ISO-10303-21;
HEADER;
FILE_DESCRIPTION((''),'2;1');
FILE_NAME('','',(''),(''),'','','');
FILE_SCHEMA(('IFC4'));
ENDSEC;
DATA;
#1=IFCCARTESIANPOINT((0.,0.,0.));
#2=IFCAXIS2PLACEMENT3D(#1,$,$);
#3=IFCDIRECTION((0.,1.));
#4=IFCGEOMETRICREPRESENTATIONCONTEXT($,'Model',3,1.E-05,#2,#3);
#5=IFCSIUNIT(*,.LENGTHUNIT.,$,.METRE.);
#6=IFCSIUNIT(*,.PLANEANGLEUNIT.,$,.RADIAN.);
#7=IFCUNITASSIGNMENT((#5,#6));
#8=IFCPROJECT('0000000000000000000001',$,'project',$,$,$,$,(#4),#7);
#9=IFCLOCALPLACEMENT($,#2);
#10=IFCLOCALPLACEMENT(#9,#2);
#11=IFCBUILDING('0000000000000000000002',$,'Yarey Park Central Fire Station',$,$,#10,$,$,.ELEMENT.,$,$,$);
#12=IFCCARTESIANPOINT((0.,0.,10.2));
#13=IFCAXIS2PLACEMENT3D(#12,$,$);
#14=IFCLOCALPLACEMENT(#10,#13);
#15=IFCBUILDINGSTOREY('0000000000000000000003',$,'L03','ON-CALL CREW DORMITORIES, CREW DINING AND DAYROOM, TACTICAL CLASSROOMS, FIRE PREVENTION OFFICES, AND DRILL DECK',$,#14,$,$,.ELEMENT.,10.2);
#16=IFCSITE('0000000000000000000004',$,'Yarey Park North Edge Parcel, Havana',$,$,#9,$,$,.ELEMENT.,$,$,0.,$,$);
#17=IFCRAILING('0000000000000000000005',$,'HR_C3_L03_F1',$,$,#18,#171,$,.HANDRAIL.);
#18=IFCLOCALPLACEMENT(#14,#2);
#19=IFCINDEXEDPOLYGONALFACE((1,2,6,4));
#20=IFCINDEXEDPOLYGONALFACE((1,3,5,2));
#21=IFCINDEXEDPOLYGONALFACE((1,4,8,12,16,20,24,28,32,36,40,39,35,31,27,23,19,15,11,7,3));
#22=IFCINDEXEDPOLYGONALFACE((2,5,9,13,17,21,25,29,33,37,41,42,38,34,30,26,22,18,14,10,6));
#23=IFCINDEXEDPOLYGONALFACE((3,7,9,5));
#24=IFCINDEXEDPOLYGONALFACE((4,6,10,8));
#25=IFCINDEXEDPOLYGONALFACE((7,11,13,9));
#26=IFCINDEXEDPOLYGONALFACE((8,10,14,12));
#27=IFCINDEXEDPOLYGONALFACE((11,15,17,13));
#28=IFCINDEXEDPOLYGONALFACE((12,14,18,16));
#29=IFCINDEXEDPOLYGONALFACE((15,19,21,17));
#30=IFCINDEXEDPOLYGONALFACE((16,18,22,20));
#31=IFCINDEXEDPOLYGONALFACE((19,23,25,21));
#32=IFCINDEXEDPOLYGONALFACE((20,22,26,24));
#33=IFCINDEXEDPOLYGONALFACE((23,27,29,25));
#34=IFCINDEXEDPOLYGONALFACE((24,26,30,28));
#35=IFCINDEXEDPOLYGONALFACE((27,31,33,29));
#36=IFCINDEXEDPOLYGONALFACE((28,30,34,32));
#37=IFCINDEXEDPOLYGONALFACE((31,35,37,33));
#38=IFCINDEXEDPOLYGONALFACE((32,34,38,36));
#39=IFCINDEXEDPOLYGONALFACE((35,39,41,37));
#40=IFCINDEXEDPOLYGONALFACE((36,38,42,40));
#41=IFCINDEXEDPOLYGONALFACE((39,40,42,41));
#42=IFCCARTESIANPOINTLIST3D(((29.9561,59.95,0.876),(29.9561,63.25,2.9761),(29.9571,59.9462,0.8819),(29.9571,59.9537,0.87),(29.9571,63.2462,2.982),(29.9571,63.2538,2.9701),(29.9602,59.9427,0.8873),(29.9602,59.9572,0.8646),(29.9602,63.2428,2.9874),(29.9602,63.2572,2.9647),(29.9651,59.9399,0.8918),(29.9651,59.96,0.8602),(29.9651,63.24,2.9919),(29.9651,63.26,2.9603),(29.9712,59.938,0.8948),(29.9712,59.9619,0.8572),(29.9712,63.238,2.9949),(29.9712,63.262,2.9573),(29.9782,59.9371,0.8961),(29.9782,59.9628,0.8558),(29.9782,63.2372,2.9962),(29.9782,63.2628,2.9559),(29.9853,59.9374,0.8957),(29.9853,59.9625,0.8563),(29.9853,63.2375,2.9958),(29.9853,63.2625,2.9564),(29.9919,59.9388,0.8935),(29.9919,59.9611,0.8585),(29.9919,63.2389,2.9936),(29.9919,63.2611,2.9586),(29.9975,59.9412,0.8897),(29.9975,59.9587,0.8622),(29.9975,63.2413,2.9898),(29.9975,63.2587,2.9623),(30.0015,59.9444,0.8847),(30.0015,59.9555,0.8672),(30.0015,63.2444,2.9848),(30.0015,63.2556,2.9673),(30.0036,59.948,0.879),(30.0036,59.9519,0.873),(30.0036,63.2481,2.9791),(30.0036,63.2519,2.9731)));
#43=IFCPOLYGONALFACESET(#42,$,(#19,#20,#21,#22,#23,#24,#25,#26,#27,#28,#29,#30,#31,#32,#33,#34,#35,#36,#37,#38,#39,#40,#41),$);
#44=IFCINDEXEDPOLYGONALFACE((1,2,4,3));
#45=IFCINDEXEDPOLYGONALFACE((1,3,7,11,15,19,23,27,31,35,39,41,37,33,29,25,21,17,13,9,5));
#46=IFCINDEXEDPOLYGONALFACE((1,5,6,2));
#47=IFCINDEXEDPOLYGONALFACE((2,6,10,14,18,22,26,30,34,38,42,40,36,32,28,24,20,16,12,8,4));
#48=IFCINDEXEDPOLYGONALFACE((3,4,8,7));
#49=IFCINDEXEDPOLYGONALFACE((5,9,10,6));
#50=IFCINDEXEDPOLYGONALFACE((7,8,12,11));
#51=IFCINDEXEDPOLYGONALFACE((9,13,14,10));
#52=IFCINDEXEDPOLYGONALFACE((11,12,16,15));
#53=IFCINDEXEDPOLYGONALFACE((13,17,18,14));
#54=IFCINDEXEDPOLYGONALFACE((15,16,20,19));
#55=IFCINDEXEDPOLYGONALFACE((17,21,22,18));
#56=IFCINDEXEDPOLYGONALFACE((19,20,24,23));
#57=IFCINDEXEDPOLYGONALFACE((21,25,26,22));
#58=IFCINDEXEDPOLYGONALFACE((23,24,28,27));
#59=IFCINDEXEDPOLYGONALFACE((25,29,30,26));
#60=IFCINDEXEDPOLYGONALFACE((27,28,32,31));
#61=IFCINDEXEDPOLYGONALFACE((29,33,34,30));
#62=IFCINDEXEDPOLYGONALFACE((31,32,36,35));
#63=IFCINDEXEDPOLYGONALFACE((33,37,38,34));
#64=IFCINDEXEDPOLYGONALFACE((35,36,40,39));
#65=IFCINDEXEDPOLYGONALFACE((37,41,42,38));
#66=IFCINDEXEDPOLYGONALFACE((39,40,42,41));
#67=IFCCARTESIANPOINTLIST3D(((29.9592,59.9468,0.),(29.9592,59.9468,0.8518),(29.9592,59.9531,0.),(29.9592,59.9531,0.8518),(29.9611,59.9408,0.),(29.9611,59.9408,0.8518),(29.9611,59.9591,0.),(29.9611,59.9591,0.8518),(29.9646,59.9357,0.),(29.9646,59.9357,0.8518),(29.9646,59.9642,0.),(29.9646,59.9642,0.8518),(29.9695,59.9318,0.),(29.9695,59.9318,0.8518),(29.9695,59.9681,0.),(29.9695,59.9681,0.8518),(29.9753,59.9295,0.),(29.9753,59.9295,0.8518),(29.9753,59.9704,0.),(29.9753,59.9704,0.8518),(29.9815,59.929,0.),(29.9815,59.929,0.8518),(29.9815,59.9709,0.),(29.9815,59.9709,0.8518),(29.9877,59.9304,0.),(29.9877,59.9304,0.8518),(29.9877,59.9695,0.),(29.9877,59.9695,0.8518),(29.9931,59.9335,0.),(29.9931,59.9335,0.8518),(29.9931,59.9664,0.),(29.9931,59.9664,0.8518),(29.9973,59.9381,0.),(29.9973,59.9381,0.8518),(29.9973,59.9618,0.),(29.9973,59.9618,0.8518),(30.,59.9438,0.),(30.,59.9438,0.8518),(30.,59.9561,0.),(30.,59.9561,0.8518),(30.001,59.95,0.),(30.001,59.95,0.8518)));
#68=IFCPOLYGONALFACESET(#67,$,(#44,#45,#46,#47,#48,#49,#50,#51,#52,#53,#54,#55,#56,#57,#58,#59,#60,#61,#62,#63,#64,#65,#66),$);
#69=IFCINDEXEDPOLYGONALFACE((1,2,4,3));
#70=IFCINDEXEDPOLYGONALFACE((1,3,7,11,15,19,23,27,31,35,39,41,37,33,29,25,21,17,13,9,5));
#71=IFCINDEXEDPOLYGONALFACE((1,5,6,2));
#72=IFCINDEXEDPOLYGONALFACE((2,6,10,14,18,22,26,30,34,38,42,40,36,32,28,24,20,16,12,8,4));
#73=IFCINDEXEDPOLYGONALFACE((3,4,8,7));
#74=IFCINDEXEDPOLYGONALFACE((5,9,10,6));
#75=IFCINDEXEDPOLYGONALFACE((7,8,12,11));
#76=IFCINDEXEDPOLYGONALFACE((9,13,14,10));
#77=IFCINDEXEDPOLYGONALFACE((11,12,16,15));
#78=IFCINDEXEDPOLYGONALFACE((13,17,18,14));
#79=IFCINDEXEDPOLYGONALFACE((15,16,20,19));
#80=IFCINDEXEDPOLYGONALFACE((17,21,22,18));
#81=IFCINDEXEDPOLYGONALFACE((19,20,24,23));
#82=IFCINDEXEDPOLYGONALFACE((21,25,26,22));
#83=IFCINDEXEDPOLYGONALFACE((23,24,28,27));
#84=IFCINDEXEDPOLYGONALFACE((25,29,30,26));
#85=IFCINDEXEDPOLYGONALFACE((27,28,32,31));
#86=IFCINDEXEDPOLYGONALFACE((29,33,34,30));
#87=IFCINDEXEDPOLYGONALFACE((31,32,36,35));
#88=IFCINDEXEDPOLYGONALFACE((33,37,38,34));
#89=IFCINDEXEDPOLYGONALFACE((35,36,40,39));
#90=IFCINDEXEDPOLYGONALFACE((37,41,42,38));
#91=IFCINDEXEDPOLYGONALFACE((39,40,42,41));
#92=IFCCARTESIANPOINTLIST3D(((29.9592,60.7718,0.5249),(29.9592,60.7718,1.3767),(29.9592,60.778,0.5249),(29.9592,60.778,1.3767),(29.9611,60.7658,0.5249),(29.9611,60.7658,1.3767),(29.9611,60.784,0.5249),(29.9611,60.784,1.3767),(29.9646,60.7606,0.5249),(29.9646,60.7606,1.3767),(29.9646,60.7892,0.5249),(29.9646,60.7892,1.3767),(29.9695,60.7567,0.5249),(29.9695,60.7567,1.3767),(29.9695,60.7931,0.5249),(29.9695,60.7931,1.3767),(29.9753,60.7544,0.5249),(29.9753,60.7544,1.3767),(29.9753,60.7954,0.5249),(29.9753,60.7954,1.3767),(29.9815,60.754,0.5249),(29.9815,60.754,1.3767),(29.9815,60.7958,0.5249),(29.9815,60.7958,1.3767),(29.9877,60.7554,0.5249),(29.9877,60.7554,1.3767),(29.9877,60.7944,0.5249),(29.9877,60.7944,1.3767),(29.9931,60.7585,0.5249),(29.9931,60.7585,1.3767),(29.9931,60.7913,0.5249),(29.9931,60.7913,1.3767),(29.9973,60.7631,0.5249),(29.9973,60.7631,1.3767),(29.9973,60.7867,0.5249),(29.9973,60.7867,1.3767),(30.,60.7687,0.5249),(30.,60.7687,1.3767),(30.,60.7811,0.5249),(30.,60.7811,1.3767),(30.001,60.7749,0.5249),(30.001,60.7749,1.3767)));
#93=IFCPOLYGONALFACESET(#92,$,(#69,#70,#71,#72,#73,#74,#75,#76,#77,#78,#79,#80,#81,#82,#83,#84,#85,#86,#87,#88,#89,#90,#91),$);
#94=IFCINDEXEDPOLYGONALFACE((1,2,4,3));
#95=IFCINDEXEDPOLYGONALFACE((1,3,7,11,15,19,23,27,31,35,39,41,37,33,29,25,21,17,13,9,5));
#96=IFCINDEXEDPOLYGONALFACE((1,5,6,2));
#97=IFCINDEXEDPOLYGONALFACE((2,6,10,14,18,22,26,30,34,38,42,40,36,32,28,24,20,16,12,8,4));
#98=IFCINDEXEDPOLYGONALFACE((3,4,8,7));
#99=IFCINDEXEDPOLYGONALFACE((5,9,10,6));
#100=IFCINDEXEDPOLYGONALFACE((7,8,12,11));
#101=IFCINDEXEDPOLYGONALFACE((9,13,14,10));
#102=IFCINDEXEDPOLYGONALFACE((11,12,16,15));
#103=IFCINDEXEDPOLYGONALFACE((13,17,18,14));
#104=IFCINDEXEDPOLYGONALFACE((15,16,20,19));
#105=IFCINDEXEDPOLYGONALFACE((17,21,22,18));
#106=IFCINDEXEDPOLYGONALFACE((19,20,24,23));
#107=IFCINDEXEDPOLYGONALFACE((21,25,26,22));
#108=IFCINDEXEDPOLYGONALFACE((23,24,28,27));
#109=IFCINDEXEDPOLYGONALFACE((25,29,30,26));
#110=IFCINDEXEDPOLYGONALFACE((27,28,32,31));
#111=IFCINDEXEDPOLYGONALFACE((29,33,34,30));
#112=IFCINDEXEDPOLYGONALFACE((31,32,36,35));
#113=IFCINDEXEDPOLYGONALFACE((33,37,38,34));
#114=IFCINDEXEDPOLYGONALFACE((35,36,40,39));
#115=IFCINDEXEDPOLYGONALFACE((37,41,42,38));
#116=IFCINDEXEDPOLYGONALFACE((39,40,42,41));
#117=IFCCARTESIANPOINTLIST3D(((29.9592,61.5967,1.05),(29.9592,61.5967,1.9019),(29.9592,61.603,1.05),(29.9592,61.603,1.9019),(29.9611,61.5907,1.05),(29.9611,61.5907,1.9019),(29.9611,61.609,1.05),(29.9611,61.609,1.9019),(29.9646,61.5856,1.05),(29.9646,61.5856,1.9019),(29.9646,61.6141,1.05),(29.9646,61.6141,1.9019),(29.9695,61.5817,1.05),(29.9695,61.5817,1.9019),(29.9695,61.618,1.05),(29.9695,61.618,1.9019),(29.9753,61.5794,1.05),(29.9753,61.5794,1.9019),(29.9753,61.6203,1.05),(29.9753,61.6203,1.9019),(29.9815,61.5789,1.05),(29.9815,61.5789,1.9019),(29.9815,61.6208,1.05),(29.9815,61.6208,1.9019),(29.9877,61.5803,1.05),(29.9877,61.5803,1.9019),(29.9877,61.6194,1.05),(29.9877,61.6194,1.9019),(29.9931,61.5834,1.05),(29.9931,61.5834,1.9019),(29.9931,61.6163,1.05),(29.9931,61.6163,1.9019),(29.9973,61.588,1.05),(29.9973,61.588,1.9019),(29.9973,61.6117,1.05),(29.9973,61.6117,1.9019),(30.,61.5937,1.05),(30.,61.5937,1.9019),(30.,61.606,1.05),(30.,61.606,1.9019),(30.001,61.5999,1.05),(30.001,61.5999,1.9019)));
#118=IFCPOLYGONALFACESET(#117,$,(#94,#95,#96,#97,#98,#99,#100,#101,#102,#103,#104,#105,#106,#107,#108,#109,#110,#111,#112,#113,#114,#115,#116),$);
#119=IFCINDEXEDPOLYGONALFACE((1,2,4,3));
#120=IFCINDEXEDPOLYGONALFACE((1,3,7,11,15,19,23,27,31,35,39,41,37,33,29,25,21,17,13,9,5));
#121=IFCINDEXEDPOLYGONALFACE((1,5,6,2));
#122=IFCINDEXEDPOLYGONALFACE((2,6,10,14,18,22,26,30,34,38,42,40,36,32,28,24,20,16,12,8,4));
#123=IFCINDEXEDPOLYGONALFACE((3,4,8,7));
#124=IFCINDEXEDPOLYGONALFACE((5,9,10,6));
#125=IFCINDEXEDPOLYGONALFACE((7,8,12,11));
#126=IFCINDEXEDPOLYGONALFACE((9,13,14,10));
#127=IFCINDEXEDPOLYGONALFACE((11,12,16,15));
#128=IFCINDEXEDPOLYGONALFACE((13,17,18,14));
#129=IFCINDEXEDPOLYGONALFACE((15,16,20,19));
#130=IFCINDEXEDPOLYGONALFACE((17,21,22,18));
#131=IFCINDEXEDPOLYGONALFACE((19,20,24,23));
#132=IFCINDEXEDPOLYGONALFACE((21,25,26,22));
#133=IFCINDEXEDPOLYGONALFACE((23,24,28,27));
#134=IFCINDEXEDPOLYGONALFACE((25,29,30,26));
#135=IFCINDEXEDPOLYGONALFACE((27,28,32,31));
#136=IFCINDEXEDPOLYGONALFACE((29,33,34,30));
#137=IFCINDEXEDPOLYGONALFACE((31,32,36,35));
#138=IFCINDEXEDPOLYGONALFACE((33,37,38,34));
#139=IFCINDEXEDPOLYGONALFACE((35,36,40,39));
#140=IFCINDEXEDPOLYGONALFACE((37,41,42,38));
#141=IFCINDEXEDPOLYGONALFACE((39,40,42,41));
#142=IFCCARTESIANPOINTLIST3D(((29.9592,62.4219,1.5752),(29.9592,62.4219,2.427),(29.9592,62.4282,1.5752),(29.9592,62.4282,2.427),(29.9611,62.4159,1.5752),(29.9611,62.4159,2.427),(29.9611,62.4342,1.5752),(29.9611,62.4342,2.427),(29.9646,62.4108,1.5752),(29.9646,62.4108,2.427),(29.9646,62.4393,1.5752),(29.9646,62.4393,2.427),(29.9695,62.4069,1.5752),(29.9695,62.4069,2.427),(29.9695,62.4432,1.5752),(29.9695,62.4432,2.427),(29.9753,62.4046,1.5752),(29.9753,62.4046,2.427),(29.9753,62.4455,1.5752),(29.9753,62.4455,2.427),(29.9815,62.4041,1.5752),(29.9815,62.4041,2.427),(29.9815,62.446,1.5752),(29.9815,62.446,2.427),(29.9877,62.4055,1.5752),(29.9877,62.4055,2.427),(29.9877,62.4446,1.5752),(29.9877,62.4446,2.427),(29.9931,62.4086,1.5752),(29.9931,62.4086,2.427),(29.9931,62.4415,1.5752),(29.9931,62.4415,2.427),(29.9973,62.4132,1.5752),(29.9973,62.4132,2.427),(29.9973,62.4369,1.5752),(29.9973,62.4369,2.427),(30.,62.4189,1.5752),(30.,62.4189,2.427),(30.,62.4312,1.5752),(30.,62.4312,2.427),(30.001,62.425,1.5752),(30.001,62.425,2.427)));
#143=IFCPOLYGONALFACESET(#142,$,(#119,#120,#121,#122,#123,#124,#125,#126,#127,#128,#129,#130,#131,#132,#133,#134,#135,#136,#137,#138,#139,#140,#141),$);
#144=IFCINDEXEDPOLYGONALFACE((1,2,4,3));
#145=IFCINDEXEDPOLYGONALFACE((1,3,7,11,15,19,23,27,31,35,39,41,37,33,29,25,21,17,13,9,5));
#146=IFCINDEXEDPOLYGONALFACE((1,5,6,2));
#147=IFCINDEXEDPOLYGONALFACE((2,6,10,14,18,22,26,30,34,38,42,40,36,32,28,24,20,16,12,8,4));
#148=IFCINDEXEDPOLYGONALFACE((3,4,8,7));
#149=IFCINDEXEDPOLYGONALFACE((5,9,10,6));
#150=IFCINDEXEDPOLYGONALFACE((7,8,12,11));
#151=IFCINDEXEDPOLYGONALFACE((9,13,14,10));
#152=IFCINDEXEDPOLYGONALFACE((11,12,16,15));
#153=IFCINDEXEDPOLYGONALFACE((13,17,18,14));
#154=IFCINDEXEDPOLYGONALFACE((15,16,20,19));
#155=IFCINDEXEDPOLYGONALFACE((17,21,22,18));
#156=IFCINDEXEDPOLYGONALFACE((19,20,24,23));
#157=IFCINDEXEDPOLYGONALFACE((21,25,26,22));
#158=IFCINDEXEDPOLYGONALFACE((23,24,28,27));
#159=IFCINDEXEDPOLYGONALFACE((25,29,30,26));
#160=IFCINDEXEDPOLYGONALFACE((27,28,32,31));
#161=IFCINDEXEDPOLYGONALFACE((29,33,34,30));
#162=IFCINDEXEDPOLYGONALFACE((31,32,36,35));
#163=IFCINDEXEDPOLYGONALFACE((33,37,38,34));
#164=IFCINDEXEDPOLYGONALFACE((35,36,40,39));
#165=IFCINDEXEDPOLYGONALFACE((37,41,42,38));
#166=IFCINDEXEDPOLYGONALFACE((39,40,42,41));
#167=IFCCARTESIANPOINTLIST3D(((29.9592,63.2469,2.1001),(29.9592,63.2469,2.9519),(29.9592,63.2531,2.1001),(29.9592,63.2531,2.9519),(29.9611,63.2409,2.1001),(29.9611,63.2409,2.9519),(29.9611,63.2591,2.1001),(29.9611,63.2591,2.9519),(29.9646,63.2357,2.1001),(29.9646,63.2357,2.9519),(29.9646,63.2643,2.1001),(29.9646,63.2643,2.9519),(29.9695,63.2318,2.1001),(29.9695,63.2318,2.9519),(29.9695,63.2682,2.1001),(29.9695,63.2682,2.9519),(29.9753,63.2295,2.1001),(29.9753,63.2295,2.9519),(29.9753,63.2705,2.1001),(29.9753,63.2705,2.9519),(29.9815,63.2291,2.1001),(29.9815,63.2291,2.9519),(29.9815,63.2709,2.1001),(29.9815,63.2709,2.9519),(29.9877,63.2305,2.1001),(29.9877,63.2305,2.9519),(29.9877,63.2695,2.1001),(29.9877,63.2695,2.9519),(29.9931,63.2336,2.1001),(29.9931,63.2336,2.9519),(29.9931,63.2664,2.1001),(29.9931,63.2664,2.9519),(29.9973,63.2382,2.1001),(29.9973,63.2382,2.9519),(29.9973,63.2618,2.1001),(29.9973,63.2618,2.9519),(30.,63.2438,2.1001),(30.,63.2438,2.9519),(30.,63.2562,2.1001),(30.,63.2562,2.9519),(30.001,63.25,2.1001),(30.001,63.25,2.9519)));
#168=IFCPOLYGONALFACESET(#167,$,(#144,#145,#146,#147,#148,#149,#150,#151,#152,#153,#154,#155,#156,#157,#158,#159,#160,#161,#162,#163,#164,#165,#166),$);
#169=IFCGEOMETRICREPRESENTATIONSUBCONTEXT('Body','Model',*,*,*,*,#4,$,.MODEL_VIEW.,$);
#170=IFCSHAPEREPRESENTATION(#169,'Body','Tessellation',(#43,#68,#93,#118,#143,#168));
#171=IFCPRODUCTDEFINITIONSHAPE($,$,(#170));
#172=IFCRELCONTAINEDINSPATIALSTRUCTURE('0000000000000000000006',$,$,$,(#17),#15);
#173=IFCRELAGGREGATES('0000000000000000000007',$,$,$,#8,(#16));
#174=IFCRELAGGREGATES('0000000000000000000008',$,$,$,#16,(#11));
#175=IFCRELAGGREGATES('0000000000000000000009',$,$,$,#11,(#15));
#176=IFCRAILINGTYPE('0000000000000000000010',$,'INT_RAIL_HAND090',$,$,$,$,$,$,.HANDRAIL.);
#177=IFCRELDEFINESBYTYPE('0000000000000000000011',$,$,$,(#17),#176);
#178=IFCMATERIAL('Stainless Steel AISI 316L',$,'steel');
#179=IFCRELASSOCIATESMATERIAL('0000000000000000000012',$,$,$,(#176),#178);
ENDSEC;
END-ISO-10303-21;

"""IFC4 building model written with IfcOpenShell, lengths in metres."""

from ifc_helpers import new_model, si_unit, direction, frame, origin, origin_2d, place, context, subcontext, project, spatial, circle, extrude, material, type_object, element, save


model = new_model("IFC4")

# Units and contexts
model_context = context("Model", 3, precision=1e-05, world=origin(), true_north=direction((0.0, 1.0)))
body_context = subcontext(model_context, "Body", "Model", "MODEL_VIEW")
ifc_project = project(units=[si_unit("LENGTHUNIT", "METRE"), si_unit("PLANEANGLEUNIT", "RADIAN")], contexts=[model_context])

# Site, building, storey
site_placement = place(None, origin())
site = spatial("IfcSite", under=ifc_project, at=site_placement, Name="Yarey Park North Edge Parcel, Havana", CompositionType="ELEMENT", RefElevation=0.0)
building_placement = place(site_placement, origin())
building = spatial("IfcBuilding", under=site, at=building_placement, Name="Yarey Park Central Fire Station", CompositionType="ELEMENT")
storey_placement = place(building_placement, frame((0.0, 0.0, 10.2)))
storey = spatial("IfcBuildingStorey", under=building, at=storey_placement, Name="L03", Description="ON-CALL CREW DORMITORIES, CREW DINING AND DAYROOM, TACTICAL CLASSROOMS, FIRE PREVENTION OFFICES, AND DRILL DECK", CompositionType="ELEMENT", Elevation=10.2)

# Railing
ifc_material_1 = material(Name="Stainless Steel AISI 316L", Category="steel")
railing_type_1 = type_object("IfcRailingType", Name="INT_RAIL_HAND090", PredefinedType="HANDRAIL", material=ifc_material_1)
railing_1_placement = place(storey_placement, frame((29.98, 59.95, 0.0)))
element("IfcRailing", 1, at=railing_1_placement, inside=storey, type_object=railing_type_1, Name="HR_C3_L03_F1", PredefinedType="HANDRAIL", context=body_context, shape_type="SweptSolid", body=[
    extrude(circle(Radius=0.0239, at=origin_2d()), frame((0.0, 0.0, 0.876), z_axis=(0.0, 0.843654, 0.536888), x_axis=(-1.0, 0.0, 0.0)), (0.0, 0.0, 1.0), 3.9116),
    extrude(circle(Radius=0.021, at=origin_2d()), origin(), (0.0, 0.0, 1.0), 0.8518),
    extrude(circle(Radius=0.021, at=origin_2d()), frame((0.0, 0.825, 0.5249)), (0.0, 0.0, 1.0), 0.8518),
    extrude(circle(Radius=0.021, at=origin_2d()), frame((0.0, 1.6499, 1.05)), (0.0, 0.0, 1.0), 0.8518),
    extrude(circle(Radius=0.021, at=origin_2d()), frame((0.0, 2.4751, 1.5752)), (0.0, 0.0, 1.0), 0.8518),
    extrude(circle(Radius=0.021, at=origin_2d()), frame((0.0, 3.3, 2.1001)), (0.0, 0.0, 1.0), 0.8518),
])

save(model, "model.ifc")
